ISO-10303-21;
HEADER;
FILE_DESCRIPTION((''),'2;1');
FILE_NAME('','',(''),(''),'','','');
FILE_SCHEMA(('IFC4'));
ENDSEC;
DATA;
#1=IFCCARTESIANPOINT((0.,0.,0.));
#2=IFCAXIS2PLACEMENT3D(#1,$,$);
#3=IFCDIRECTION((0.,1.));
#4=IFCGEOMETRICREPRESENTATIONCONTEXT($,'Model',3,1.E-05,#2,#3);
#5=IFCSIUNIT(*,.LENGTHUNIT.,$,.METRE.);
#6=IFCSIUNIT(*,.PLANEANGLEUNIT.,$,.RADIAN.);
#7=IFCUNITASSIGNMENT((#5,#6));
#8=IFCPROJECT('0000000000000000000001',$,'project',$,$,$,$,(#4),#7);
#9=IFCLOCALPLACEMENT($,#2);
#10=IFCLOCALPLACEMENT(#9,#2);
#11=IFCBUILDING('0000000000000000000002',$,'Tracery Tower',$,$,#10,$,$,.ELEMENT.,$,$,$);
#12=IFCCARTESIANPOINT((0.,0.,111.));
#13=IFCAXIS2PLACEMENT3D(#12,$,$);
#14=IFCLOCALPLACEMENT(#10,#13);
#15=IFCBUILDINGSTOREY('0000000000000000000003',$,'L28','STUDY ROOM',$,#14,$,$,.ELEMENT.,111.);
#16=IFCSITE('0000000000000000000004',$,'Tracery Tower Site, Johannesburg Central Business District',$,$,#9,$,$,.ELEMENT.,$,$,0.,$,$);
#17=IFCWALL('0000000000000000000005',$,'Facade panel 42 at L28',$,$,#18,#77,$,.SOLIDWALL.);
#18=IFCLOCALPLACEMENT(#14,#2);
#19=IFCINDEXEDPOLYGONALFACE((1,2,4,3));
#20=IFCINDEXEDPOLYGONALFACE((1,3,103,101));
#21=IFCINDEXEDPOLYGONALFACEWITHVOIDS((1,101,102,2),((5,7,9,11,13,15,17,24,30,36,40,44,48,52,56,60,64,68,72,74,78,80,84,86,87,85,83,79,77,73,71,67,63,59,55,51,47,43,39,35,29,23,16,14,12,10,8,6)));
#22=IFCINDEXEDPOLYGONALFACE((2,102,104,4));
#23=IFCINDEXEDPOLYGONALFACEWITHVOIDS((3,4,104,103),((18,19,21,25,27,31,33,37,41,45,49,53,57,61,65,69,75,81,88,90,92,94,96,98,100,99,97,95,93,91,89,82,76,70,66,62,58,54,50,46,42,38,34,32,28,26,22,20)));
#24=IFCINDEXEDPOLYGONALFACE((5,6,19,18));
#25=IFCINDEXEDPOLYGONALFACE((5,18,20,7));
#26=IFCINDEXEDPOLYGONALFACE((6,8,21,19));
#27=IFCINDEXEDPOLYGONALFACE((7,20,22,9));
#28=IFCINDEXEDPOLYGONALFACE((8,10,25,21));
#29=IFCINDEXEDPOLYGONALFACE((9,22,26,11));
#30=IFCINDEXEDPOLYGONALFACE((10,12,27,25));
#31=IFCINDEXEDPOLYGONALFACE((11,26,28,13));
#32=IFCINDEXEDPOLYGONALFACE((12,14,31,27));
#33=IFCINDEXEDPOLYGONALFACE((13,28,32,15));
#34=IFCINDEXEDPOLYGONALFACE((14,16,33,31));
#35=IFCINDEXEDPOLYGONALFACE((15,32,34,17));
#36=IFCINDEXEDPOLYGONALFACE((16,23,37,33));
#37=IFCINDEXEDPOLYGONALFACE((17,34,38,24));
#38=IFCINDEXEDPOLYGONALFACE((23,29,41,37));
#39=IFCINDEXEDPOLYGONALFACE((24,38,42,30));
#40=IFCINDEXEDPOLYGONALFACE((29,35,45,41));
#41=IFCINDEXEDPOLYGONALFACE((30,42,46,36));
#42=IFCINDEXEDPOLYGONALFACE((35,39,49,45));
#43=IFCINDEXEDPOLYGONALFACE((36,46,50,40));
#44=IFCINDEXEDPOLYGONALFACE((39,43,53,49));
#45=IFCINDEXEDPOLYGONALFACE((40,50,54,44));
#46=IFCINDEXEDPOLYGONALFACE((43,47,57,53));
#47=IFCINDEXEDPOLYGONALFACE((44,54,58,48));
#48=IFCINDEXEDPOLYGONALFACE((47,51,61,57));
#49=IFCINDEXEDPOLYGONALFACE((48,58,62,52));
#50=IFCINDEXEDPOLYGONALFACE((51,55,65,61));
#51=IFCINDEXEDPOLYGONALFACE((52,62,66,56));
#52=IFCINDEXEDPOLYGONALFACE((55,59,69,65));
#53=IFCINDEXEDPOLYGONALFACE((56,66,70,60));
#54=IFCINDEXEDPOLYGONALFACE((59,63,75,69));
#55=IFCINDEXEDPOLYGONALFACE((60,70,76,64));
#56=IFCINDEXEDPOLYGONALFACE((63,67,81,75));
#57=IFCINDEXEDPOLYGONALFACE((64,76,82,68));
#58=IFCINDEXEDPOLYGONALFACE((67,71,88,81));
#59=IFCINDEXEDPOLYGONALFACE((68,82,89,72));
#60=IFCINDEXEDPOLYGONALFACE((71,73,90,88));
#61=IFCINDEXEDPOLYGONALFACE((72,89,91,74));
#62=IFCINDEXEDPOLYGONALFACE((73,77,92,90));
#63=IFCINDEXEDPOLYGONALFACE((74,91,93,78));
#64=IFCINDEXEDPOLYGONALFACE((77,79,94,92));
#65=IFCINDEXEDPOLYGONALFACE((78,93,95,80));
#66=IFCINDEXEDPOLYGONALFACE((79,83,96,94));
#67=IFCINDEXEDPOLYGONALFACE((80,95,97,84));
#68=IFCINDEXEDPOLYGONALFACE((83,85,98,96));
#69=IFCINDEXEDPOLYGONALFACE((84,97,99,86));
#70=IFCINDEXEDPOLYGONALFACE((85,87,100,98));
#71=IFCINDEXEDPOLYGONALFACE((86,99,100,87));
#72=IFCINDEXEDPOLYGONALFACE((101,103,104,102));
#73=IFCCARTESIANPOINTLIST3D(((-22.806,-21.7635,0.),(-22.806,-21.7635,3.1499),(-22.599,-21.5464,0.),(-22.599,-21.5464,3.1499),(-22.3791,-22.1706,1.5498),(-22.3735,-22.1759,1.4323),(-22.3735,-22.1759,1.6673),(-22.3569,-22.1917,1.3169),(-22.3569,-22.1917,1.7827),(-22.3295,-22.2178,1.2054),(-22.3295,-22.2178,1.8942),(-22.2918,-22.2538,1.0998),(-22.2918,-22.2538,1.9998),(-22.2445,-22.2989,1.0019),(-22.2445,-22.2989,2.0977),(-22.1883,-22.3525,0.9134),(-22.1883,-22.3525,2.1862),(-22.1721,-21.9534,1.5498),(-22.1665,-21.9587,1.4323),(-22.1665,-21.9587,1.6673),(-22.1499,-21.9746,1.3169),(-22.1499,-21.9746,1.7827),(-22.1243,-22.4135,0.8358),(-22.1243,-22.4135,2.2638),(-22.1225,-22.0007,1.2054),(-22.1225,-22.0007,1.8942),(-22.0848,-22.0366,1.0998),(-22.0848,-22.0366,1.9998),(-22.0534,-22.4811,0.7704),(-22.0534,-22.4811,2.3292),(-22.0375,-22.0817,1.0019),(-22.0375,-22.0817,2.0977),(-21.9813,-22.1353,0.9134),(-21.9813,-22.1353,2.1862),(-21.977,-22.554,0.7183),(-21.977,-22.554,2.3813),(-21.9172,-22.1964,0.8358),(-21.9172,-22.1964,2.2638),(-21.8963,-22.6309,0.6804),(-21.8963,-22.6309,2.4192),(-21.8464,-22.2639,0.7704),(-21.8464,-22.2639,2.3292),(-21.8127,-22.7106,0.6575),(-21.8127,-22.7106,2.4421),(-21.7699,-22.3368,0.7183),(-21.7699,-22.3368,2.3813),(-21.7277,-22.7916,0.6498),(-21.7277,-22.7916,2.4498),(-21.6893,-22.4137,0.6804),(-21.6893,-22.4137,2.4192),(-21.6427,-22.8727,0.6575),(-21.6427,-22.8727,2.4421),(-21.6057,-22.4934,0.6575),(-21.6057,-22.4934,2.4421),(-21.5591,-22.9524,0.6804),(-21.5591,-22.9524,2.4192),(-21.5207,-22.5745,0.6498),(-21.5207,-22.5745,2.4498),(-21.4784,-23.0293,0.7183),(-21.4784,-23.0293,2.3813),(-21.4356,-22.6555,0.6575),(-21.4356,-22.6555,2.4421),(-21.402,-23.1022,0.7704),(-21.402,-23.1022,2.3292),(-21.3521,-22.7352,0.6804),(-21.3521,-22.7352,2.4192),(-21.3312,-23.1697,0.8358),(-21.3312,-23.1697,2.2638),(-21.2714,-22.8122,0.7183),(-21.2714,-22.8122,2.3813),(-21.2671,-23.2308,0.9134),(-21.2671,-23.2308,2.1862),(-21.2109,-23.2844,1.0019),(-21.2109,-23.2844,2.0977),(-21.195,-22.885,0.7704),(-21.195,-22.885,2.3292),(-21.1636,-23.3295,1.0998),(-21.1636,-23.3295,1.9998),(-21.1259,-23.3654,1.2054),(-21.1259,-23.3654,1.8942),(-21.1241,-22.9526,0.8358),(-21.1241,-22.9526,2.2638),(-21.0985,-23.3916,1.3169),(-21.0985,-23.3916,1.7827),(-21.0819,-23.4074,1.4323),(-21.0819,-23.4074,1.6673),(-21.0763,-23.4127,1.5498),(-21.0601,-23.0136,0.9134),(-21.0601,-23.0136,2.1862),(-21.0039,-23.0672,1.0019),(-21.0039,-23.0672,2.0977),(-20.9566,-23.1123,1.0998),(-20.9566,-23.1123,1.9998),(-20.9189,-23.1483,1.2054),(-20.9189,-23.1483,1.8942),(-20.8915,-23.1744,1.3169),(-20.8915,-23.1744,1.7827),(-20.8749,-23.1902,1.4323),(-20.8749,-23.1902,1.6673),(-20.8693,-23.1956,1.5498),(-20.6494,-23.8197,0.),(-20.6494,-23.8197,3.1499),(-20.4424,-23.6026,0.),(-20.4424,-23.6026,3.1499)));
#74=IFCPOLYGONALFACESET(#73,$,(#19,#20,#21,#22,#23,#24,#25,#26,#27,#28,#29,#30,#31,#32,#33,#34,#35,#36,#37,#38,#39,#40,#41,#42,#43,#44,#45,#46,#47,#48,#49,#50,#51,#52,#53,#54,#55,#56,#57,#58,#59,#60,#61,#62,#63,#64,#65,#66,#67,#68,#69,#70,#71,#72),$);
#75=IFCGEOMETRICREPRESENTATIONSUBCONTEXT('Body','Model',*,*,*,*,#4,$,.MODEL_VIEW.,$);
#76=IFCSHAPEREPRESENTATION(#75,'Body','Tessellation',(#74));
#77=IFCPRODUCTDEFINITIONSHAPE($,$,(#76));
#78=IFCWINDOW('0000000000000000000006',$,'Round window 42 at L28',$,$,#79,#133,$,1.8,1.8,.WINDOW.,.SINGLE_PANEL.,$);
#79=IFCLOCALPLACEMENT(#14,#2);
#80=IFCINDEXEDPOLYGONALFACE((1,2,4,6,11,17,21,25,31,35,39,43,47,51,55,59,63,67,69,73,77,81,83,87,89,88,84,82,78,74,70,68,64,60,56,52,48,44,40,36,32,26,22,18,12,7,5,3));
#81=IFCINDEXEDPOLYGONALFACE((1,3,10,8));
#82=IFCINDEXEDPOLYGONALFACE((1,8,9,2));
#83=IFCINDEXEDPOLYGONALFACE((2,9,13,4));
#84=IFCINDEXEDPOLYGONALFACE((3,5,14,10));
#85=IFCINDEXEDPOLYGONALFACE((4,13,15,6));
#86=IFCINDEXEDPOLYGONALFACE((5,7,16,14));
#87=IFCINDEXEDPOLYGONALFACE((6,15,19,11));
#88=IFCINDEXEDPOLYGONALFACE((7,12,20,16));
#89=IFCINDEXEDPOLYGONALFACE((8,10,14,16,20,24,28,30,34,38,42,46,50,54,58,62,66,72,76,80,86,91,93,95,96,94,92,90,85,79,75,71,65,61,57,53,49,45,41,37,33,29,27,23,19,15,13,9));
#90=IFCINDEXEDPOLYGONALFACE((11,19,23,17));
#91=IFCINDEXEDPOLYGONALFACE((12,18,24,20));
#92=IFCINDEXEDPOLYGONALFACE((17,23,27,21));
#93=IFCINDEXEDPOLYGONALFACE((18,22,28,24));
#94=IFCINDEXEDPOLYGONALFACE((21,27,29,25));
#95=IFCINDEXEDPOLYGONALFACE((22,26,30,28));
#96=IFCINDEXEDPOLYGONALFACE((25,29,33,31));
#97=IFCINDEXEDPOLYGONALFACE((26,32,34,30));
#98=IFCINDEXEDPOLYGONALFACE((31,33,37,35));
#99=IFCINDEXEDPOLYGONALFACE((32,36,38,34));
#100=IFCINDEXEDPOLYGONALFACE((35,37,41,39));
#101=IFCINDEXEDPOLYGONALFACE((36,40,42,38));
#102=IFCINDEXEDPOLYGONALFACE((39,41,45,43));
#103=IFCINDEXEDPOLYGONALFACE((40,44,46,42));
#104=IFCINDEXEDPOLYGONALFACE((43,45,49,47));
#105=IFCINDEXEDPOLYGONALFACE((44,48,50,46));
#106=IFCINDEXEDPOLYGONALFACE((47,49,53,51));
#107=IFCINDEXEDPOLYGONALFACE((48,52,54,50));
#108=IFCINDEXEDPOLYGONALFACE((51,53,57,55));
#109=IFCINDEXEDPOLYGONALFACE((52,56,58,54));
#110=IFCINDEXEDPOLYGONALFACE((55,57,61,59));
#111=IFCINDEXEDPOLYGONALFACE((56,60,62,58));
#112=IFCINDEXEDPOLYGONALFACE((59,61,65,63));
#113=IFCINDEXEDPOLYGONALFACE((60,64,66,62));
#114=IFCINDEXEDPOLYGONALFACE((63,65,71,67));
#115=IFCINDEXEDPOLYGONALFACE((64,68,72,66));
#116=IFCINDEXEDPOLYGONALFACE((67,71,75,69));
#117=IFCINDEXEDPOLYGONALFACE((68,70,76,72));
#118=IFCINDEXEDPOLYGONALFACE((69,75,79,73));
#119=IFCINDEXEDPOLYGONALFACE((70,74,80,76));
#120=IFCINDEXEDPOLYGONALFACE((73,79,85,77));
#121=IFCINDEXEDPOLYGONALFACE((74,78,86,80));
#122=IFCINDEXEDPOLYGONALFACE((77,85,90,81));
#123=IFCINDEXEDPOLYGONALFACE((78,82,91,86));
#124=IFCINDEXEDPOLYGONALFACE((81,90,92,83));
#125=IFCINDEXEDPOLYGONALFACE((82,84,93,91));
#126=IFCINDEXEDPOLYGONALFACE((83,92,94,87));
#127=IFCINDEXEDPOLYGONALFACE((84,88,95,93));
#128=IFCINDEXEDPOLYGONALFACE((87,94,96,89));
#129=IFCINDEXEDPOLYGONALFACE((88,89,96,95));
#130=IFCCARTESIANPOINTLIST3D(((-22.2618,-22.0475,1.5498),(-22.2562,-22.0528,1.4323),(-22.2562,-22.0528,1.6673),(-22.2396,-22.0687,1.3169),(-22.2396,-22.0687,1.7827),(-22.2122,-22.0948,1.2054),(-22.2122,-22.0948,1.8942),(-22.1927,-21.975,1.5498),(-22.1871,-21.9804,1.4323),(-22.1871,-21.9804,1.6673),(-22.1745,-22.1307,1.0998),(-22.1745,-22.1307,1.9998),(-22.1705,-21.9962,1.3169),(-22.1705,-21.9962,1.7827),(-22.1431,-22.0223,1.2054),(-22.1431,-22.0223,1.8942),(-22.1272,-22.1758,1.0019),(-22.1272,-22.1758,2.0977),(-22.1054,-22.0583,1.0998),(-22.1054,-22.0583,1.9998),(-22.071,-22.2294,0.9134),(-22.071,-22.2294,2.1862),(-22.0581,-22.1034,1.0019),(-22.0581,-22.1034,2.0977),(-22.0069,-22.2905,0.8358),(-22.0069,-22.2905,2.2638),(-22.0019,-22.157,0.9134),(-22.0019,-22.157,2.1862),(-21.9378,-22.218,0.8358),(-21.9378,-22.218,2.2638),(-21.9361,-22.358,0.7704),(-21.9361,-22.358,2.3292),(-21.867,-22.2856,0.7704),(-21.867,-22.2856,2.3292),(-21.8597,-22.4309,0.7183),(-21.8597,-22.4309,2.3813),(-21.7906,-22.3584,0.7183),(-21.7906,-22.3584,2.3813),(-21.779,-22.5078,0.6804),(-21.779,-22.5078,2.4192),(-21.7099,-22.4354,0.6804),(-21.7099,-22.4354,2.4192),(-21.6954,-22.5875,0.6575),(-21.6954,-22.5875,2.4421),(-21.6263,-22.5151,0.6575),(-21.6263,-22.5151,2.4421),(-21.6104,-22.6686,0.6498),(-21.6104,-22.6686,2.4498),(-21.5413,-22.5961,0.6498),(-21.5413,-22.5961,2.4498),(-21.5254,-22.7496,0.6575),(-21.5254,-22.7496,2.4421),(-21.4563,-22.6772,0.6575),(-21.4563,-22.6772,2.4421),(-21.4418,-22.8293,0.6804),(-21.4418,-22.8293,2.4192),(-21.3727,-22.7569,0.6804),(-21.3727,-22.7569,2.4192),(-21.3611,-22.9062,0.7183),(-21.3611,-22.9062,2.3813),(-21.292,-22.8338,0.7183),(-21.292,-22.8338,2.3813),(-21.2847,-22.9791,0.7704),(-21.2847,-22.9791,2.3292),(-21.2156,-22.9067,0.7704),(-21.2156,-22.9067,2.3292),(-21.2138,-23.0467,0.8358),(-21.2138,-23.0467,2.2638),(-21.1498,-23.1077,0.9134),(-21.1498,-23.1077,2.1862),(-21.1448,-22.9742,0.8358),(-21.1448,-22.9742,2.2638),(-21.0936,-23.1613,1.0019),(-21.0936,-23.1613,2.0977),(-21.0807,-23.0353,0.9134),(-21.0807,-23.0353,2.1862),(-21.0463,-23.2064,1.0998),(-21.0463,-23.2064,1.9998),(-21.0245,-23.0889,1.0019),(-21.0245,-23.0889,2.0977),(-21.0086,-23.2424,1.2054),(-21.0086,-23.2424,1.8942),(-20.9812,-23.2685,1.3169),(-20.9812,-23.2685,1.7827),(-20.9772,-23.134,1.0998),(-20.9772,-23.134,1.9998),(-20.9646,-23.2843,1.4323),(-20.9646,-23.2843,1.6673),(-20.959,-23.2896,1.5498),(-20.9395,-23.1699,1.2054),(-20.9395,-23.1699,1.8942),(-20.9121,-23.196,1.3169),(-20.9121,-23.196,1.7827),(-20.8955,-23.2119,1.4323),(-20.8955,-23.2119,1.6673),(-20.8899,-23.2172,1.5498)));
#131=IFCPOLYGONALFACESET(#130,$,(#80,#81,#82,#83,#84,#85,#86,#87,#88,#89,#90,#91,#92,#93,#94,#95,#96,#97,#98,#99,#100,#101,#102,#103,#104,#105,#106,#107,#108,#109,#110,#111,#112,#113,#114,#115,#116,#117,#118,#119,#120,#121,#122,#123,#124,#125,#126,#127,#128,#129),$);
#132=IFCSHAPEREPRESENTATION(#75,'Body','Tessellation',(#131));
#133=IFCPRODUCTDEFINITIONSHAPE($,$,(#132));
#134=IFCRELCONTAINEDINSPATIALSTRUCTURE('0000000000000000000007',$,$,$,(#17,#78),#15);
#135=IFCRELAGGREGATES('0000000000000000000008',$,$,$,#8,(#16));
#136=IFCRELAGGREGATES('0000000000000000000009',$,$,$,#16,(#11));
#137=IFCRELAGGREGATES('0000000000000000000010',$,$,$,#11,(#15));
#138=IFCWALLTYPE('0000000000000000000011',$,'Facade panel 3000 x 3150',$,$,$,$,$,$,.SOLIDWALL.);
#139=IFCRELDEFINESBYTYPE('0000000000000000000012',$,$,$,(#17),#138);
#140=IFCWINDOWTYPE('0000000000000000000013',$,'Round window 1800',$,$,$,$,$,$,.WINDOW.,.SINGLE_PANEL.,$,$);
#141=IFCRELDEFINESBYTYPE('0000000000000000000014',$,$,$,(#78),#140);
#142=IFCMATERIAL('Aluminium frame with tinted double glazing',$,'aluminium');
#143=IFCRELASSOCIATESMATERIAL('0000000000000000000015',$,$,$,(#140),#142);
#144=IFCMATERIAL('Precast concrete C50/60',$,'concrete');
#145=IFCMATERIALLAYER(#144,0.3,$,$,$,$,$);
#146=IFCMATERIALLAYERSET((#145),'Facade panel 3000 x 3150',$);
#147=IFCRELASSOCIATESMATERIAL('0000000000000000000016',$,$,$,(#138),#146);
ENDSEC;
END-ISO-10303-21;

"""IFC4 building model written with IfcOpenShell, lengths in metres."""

from ifc_helpers import new_model, si_unit, direction, frame, frame_2d, origin, origin_2d, place, context, subcontext, project, spatial, rectangle, circle, extrude, material, layer, layer_set, type_object, element, fill, save


model = new_model("IFC4")

# Units and contexts
model_context = context("Model", 3, precision=1e-05, world=origin(), true_north=direction((0.0, 1.0)))
body_context = subcontext(model_context, "Body", "Model", "MODEL_VIEW")
ifc_project = project(units=[si_unit("LENGTHUNIT", "METRE"), si_unit("PLANEANGLEUNIT", "RADIAN")], contexts=[model_context])

# Site, building, storey
site_placement = place(None, origin())
site = spatial("IfcSite", under=ifc_project, at=site_placement, Name="Tracery Tower Site, Johannesburg Central Business District", CompositionType="ELEMENT", RefElevation=0.0)
building_placement = place(site_placement, origin())
building = spatial("IfcBuilding", under=site, at=building_placement, Name="Tracery Tower", CompositionType="ELEMENT")
storey_placement = place(building_placement, frame((0.0, 0.0, 111.0)))
storey = spatial("IfcBuildingStorey", under=building, at=storey_placement, Name="L28", Description="STUDY ROOM", CompositionType="ELEMENT", Elevation=111.0)

# Wall, opening, window
ifc_material_1 = material(Name="Aluminium frame with tinted double glazing", Category="aluminium")
window_type = type_object("IfcWindowType", Name="Round window 1800", PartitioningType="SINGLE_PANEL", PredefinedType="WINDOW", material=ifc_material_1)
ifc_material_2 = material(Name="Precast concrete C50/60", Category="concrete")
ifc_layer_1 = layer(ifc_material_2, 0.3)
ifc_layer_set_1 = layer_set([ifc_layer_1], Name="Facade panel 3000 x 3150")
wall_type_1 = type_object("IfcWallType", Name="Facade panel 3000 x 3150", PredefinedType="SOLIDWALL", material=ifc_layer_set_1)
wall_1_placement = place(storey_placement, frame((-22.7024, -21.655, 0.0), z_axis=(0.0, 0.0, 1.0), x_axis=(0.723744, -0.690068, 0.0)))
wall_1 = element("IfcWall", 1, at=wall_1_placement, inside=storey, type_object=wall_type_1, Name="Facade panel 42 at L28", PredefinedType="SOLIDWALL", context=body_context, shape_type="SweptSolid", body=[
    extrude(rectangle(XDim=2.9797, YDim=0.3, at=frame_2d((1.4897, 0.0))), origin(), (0.0, 0.0, 1.0), 3.1499),
])
opening_1_placement = place(wall_1_placement, frame((1.4897, 0.0, 1.5498)))
opening_1 = element("IfcOpeningElement", 2, at=opening_1_placement, cuts=wall_1, PredefinedType="OPENING", context=body_context, shape_type="SweptSolid", body=[
    extrude(circle(Radius=0.9, at=origin_2d()), frame((0.0, 0.1599, 0.0), z_axis=(0.0, -1.0, 0.0), x_axis=(1.0, 0.0, 0.0)), (0.0, 0.0, 1.0), 0.3201),
])
window_1_placement = place(opening_1_placement, origin())
window_1 = element("IfcWindow", 3, at=window_1_placement, inside=storey, type_object=window_type, Name="Round window 42 at L28", OverallHeight=1.8, OverallWidth=1.8, PartitioningType="SINGLE_PANEL", PredefinedType="WINDOW", context=body_context, shape_type="SweptSolid", body=[
    extrude(circle(Radius=0.9, at=origin_2d()), frame((0.0, 0.1201, 0.0), z_axis=(0.0, -1.0, 0.0), x_axis=(1.0, 0.0, 0.0)), (0.0, 0.0, 1.0), 0.1001),
])
fill(opening_1, window_1)

save(model, "model.ifc")
